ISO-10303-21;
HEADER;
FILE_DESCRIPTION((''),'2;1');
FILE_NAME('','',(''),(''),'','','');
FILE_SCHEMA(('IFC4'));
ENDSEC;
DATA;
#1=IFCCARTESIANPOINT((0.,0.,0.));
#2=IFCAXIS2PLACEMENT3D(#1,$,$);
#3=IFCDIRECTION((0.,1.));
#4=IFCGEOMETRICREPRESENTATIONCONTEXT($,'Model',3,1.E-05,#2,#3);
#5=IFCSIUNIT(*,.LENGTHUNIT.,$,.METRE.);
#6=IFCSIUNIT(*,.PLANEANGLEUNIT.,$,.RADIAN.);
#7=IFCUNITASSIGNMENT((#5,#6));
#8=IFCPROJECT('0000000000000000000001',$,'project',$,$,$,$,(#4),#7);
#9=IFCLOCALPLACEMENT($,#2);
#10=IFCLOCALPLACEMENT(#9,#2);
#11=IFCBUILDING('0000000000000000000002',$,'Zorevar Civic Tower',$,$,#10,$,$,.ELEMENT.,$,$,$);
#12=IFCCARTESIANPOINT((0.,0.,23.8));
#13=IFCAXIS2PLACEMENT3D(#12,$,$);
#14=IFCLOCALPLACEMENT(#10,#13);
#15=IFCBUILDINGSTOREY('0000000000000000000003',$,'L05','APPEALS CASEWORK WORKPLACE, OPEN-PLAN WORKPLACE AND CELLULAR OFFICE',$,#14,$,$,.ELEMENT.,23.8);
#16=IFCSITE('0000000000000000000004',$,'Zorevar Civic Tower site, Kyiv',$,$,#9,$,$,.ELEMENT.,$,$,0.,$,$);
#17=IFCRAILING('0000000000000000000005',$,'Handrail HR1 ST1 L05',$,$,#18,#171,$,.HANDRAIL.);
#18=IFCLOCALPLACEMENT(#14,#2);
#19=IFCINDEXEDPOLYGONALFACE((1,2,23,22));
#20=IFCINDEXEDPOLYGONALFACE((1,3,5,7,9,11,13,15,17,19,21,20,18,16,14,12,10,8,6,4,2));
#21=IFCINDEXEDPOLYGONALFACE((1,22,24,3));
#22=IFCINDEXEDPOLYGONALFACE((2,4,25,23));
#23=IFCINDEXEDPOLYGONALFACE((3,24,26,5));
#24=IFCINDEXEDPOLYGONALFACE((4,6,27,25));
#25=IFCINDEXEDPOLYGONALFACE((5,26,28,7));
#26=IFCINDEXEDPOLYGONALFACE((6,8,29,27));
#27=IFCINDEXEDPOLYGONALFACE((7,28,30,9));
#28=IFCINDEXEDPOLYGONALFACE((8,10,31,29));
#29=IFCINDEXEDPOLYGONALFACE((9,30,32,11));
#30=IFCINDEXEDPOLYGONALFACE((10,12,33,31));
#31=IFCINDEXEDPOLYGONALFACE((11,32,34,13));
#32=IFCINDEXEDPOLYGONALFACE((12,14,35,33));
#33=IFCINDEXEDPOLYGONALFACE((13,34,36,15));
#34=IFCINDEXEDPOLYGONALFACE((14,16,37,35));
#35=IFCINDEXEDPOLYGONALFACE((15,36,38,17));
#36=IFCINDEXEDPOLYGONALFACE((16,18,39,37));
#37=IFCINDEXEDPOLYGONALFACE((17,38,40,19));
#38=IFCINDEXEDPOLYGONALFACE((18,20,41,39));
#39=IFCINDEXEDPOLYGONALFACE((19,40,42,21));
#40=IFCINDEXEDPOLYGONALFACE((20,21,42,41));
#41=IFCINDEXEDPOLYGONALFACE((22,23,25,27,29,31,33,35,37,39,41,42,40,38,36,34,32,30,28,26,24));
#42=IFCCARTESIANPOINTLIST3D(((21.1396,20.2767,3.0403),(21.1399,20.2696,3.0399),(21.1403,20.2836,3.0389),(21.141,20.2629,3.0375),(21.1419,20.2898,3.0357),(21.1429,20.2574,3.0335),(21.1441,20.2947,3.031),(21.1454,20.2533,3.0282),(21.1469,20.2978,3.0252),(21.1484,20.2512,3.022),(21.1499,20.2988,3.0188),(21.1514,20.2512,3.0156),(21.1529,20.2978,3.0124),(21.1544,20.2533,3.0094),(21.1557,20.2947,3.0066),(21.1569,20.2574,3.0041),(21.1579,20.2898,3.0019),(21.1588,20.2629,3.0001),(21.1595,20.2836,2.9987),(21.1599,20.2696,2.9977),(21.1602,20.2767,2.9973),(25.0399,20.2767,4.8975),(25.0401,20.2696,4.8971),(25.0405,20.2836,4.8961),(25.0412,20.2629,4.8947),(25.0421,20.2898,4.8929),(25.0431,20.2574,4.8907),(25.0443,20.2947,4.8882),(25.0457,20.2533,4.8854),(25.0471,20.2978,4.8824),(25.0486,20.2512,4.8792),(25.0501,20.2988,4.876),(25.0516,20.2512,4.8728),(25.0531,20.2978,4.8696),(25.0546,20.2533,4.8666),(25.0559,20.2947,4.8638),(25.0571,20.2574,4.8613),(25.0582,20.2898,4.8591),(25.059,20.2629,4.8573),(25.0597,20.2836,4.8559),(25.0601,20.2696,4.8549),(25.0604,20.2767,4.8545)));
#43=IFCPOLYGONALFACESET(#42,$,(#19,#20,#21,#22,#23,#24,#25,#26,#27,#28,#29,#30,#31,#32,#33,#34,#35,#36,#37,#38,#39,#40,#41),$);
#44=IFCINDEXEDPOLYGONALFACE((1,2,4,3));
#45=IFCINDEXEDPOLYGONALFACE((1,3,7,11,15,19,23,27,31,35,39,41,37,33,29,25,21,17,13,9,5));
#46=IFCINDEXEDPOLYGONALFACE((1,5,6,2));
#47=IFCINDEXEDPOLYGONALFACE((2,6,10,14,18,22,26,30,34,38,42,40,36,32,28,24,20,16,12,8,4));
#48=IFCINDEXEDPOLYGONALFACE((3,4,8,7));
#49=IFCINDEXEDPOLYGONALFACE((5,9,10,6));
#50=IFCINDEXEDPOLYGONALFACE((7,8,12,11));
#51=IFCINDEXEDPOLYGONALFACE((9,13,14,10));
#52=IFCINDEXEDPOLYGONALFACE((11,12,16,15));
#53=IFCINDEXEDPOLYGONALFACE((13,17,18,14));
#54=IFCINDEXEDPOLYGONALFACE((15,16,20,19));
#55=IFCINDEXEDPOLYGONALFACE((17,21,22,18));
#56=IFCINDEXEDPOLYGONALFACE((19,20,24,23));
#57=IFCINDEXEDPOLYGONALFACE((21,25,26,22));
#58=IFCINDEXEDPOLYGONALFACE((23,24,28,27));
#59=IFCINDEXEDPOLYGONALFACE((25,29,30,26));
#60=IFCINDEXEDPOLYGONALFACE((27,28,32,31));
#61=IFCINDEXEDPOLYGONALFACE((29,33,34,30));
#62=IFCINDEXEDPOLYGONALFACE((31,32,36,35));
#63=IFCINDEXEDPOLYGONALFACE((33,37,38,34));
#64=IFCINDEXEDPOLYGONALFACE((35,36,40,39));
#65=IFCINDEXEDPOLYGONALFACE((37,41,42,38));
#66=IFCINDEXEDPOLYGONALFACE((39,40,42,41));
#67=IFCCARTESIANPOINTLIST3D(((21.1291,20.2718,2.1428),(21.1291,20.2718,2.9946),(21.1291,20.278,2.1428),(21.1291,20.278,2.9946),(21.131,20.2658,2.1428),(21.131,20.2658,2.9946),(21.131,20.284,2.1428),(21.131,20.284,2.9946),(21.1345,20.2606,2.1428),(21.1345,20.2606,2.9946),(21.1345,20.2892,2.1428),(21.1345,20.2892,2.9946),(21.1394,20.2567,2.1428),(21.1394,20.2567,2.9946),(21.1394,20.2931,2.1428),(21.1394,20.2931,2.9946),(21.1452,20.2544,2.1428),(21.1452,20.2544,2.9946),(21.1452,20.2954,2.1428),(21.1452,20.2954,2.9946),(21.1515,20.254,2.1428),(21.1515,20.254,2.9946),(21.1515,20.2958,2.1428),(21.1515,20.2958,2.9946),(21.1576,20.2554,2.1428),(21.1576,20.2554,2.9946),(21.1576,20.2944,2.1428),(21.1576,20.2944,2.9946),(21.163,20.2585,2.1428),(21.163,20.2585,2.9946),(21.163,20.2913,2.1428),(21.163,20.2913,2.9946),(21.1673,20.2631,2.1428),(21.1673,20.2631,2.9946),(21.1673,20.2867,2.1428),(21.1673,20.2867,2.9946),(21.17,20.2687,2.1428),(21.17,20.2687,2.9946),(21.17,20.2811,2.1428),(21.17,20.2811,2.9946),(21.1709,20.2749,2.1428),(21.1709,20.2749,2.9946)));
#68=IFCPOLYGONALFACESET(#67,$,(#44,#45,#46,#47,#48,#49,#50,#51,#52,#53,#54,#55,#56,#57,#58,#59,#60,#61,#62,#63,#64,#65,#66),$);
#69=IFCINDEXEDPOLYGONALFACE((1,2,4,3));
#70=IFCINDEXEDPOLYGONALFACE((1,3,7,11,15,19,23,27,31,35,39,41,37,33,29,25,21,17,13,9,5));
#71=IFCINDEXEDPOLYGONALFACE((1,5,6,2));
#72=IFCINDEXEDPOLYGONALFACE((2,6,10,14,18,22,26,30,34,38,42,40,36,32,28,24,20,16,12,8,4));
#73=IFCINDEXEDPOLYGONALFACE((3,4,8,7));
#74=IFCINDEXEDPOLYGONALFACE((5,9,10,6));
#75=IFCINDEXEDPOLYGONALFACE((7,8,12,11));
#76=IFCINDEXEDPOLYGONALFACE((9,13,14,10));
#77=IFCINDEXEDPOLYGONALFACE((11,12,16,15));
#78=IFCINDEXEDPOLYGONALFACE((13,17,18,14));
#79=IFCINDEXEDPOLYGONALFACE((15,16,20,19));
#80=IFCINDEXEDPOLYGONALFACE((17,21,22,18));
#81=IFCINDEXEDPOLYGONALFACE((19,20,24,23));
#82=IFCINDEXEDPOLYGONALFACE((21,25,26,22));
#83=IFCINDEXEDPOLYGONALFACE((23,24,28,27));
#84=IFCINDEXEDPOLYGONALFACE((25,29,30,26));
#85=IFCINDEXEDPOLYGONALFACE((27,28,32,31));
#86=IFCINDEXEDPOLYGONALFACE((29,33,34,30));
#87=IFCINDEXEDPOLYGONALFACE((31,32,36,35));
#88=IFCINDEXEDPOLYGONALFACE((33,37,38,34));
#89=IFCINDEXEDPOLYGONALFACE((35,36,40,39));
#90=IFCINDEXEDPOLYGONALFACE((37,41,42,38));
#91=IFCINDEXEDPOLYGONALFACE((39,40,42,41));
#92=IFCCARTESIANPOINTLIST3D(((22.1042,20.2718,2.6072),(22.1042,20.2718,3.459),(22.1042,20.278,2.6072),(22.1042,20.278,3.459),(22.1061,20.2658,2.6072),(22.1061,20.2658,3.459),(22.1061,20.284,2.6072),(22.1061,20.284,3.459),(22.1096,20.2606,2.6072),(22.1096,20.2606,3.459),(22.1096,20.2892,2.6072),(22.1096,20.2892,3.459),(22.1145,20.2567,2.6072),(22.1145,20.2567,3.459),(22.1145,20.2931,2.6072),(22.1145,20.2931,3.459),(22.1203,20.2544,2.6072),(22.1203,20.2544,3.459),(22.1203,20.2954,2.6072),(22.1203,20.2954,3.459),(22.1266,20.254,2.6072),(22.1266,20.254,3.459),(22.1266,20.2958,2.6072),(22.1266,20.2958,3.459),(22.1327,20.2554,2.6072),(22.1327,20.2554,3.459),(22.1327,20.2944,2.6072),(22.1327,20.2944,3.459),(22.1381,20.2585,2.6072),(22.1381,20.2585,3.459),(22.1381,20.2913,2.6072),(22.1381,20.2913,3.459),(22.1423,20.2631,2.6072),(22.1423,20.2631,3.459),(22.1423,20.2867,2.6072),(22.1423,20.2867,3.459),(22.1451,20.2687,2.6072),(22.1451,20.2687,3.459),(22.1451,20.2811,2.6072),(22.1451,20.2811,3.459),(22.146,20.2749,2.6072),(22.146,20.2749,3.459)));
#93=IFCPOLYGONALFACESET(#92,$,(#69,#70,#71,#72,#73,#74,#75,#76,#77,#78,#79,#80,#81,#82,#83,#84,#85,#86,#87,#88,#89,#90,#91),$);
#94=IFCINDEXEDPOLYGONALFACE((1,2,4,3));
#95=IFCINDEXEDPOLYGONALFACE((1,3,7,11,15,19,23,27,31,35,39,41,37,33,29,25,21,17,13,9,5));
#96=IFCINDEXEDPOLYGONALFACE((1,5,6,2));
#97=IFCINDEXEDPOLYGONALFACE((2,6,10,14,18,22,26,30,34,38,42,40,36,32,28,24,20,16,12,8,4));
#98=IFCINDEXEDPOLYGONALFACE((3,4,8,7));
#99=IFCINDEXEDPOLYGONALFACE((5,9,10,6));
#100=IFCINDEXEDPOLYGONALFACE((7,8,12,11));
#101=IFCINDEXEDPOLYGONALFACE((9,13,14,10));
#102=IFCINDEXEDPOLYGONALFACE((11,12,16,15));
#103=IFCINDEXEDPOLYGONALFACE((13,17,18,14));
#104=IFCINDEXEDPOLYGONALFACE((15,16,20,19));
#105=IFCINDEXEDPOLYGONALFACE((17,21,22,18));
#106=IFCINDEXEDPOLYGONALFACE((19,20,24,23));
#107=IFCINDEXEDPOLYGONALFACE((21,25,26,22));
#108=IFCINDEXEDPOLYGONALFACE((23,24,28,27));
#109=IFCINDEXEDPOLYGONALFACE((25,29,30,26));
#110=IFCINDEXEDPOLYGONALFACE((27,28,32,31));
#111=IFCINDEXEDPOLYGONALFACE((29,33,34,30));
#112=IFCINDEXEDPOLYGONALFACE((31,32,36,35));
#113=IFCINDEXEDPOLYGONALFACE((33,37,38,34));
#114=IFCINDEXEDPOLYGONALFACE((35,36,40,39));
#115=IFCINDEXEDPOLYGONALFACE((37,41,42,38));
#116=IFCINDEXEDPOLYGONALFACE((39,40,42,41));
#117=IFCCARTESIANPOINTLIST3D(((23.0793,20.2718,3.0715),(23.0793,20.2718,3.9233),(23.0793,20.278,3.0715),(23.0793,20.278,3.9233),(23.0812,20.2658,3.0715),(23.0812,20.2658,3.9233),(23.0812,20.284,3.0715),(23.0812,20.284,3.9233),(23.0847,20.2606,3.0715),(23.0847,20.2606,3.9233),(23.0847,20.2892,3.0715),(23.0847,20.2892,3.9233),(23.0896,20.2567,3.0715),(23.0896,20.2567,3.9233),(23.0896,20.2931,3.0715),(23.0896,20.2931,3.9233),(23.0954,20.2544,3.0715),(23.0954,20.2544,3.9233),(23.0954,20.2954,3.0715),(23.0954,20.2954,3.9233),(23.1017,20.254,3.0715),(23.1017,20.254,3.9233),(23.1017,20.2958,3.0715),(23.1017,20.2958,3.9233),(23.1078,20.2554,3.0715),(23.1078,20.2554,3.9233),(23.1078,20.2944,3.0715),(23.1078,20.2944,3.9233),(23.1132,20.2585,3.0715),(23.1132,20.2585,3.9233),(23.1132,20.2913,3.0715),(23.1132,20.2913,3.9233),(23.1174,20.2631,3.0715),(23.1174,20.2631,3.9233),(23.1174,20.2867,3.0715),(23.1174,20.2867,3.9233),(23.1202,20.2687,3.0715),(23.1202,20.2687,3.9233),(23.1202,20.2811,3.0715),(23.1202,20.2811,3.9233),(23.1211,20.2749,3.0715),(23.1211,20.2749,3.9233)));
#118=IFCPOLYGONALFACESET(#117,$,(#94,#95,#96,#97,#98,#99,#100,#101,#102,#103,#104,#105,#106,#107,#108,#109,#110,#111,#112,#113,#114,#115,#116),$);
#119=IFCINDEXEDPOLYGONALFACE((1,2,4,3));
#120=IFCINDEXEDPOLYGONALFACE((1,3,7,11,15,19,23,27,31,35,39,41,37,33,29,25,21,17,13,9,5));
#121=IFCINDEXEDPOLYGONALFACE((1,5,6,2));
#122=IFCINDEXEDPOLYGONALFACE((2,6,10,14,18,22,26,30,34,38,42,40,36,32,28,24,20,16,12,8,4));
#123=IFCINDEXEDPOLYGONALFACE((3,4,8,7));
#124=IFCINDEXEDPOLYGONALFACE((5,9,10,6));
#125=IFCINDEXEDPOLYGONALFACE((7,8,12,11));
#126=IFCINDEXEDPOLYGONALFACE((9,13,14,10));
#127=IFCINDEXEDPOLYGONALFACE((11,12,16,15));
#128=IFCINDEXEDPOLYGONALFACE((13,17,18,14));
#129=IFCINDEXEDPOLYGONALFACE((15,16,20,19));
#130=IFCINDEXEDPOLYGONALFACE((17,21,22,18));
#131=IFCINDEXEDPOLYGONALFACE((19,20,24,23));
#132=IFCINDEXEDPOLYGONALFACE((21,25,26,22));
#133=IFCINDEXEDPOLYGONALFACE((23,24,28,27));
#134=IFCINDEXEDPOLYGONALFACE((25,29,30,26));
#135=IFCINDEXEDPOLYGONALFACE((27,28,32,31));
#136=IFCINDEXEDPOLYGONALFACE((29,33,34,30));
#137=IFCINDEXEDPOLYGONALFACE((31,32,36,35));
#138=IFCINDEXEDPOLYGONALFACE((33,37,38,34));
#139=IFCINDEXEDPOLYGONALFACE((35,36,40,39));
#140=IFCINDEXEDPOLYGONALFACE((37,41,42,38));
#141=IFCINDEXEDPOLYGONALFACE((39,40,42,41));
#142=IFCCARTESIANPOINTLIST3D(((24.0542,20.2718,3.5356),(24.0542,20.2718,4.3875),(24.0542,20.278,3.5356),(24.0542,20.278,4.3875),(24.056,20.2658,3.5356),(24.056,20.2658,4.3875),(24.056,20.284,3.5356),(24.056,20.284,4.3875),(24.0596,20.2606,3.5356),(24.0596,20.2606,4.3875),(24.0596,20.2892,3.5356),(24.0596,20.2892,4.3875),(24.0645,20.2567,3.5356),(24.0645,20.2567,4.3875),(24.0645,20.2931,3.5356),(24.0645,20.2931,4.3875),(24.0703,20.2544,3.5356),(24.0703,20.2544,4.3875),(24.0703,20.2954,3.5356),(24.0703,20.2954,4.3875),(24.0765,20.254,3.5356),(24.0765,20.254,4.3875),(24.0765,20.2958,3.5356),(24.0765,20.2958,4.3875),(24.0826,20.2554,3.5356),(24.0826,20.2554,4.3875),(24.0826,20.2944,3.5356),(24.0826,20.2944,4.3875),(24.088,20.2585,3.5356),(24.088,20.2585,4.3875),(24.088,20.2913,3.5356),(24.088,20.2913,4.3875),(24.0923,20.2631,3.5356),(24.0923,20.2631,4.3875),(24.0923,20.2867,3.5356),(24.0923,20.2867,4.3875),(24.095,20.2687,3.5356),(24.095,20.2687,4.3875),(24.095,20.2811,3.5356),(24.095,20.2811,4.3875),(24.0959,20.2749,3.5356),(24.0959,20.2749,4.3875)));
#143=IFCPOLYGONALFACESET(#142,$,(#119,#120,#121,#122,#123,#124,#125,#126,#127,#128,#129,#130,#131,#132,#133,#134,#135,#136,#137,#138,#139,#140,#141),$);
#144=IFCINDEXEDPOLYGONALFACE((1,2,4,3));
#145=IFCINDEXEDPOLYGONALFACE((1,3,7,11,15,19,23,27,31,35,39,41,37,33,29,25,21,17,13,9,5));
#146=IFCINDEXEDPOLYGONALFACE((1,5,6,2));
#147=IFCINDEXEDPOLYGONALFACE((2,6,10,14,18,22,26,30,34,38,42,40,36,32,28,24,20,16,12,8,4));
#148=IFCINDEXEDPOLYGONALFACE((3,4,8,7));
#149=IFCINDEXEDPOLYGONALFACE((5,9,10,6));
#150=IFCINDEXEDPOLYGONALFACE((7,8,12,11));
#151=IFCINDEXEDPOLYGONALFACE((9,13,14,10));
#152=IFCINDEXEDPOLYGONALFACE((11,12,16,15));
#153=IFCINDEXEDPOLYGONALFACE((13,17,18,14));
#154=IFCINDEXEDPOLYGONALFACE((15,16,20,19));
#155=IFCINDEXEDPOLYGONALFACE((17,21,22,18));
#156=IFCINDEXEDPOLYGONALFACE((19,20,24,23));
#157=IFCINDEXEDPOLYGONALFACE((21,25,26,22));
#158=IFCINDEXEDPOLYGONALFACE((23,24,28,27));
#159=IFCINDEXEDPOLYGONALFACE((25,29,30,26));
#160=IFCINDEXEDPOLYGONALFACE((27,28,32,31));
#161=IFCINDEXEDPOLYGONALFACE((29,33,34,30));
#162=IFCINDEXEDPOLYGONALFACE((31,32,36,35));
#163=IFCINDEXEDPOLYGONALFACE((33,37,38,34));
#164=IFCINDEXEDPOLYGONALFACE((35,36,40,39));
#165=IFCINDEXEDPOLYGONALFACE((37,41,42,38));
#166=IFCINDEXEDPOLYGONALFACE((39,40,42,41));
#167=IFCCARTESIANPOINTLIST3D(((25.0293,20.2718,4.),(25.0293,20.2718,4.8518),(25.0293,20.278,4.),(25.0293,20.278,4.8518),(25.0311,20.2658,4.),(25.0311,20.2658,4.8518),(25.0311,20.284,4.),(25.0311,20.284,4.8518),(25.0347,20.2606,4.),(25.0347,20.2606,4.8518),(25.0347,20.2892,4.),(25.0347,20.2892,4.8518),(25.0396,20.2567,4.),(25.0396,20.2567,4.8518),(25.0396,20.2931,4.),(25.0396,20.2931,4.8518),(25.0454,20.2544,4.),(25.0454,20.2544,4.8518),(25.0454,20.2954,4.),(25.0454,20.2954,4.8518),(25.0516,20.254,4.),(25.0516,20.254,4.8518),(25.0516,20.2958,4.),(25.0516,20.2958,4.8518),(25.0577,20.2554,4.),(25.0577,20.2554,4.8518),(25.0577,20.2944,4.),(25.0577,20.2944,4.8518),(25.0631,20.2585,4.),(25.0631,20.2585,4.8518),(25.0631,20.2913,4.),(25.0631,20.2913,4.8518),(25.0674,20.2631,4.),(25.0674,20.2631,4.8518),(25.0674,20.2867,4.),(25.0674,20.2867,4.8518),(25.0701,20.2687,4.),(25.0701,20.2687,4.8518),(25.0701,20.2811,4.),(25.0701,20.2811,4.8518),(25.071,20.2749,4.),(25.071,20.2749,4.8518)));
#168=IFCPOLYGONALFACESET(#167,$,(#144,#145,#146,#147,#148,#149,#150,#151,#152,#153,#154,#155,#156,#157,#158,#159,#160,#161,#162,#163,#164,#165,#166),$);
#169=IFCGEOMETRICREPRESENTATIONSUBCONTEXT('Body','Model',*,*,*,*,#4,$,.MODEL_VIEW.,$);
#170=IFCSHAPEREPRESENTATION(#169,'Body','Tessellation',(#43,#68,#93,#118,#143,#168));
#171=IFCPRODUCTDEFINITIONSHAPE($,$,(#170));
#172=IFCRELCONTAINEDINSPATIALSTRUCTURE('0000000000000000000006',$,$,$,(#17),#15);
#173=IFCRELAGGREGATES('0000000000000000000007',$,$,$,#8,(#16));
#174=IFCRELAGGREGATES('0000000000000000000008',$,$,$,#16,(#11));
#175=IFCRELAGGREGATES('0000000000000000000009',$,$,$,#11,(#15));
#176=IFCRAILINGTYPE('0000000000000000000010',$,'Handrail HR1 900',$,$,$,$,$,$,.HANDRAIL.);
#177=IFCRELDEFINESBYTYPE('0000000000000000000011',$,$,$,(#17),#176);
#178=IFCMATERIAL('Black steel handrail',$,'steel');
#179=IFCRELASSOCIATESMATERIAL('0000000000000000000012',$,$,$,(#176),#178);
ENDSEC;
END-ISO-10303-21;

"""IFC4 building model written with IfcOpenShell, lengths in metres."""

from ifc_helpers import new_model, si_unit, direction, frame, origin, origin_2d, place, context, subcontext, project, spatial, circle, extrude, material, type_object, element, save


model = new_model("IFC4")

# Units and contexts
model_context = context("Model", 3, precision=1e-05, world=origin(), true_north=direction((0.0, 1.0)))
body_context = subcontext(model_context, "Body", "Model", "MODEL_VIEW")
ifc_project = project(units=[si_unit("LENGTHUNIT", "METRE"), si_unit("PLANEANGLEUNIT", "RADIAN")], contexts=[model_context])

# Site, building, storey
site_placement = place(None, origin())
site = spatial("IfcSite", under=ifc_project, at=site_placement, Name="Zorevar Civic Tower site, Kyiv", CompositionType="ELEMENT", RefElevation=0.0)
building_placement = place(site_placement, origin())
building = spatial("IfcBuilding", under=site, at=building_placement, Name="Zorevar Civic Tower", CompositionType="ELEMENT")
storey_placement = place(building_placement, frame((0.0, 0.0, 23.8)))
storey = spatial("IfcBuildingStorey", under=building, at=storey_placement, Name="L05", Description="APPEALS CASEWORK WORKPLACE, OPEN-PLAN WORKPLACE AND CELLULAR OFFICE", CompositionType="ELEMENT", Elevation=23.8)

# Railing
ifc_material_1 = material(Name="Black steel handrail", Category="steel")
railing_type = type_object("IfcRailingType", Name="Handrail HR1 900", PredefinedType="HANDRAIL", material=ifc_material_1)
railing_1_placement = place(storey_placement, frame((21.1499, 20.2749, 2.1428)))
element("IfcRailing", 1, at=railing_1_placement, inside=storey, type_object=railing_type, Name="Handrail HR1 ST1 L05", PredefinedType="HANDRAIL", context=body_context, shape_type="SweptSolid", body=[
    extrude(circle(Radius=0.0239, at=origin_2d()), frame((0.0, 0.0, 0.876), z_axis=(0.902864, 0.0, 0.429927), x_axis=(0.0, 1.0, 0.0)), (0.0, 0.0, 1.0), 4.3198),
    extrude(circle(Radius=0.021, at=origin_2d()), origin(), (0.0, 0.0, 1.0), 0.8518),
    extrude(circle(Radius=0.021, at=origin_2d()), frame((0.9751, 0.0, 0.4644)), (0.0, 0.0, 1.0), 0.8518),
    extrude(circle(Radius=0.021, at=origin_2d()), frame((1.9502, 0.0, 0.9287)), (0.0, 0.0, 1.0), 0.8518),
    extrude(circle(Radius=0.021, at=origin_2d()), frame((2.925, 0.0, 1.3928)), (0.0, 0.0, 1.0), 0.8518),
    extrude(circle(Radius=0.021, at=origin_2d()), frame((3.9001, 0.0, 1.8572)), (0.0, 0.0, 1.0), 0.8518),
])

save(model, "model.ifc")
